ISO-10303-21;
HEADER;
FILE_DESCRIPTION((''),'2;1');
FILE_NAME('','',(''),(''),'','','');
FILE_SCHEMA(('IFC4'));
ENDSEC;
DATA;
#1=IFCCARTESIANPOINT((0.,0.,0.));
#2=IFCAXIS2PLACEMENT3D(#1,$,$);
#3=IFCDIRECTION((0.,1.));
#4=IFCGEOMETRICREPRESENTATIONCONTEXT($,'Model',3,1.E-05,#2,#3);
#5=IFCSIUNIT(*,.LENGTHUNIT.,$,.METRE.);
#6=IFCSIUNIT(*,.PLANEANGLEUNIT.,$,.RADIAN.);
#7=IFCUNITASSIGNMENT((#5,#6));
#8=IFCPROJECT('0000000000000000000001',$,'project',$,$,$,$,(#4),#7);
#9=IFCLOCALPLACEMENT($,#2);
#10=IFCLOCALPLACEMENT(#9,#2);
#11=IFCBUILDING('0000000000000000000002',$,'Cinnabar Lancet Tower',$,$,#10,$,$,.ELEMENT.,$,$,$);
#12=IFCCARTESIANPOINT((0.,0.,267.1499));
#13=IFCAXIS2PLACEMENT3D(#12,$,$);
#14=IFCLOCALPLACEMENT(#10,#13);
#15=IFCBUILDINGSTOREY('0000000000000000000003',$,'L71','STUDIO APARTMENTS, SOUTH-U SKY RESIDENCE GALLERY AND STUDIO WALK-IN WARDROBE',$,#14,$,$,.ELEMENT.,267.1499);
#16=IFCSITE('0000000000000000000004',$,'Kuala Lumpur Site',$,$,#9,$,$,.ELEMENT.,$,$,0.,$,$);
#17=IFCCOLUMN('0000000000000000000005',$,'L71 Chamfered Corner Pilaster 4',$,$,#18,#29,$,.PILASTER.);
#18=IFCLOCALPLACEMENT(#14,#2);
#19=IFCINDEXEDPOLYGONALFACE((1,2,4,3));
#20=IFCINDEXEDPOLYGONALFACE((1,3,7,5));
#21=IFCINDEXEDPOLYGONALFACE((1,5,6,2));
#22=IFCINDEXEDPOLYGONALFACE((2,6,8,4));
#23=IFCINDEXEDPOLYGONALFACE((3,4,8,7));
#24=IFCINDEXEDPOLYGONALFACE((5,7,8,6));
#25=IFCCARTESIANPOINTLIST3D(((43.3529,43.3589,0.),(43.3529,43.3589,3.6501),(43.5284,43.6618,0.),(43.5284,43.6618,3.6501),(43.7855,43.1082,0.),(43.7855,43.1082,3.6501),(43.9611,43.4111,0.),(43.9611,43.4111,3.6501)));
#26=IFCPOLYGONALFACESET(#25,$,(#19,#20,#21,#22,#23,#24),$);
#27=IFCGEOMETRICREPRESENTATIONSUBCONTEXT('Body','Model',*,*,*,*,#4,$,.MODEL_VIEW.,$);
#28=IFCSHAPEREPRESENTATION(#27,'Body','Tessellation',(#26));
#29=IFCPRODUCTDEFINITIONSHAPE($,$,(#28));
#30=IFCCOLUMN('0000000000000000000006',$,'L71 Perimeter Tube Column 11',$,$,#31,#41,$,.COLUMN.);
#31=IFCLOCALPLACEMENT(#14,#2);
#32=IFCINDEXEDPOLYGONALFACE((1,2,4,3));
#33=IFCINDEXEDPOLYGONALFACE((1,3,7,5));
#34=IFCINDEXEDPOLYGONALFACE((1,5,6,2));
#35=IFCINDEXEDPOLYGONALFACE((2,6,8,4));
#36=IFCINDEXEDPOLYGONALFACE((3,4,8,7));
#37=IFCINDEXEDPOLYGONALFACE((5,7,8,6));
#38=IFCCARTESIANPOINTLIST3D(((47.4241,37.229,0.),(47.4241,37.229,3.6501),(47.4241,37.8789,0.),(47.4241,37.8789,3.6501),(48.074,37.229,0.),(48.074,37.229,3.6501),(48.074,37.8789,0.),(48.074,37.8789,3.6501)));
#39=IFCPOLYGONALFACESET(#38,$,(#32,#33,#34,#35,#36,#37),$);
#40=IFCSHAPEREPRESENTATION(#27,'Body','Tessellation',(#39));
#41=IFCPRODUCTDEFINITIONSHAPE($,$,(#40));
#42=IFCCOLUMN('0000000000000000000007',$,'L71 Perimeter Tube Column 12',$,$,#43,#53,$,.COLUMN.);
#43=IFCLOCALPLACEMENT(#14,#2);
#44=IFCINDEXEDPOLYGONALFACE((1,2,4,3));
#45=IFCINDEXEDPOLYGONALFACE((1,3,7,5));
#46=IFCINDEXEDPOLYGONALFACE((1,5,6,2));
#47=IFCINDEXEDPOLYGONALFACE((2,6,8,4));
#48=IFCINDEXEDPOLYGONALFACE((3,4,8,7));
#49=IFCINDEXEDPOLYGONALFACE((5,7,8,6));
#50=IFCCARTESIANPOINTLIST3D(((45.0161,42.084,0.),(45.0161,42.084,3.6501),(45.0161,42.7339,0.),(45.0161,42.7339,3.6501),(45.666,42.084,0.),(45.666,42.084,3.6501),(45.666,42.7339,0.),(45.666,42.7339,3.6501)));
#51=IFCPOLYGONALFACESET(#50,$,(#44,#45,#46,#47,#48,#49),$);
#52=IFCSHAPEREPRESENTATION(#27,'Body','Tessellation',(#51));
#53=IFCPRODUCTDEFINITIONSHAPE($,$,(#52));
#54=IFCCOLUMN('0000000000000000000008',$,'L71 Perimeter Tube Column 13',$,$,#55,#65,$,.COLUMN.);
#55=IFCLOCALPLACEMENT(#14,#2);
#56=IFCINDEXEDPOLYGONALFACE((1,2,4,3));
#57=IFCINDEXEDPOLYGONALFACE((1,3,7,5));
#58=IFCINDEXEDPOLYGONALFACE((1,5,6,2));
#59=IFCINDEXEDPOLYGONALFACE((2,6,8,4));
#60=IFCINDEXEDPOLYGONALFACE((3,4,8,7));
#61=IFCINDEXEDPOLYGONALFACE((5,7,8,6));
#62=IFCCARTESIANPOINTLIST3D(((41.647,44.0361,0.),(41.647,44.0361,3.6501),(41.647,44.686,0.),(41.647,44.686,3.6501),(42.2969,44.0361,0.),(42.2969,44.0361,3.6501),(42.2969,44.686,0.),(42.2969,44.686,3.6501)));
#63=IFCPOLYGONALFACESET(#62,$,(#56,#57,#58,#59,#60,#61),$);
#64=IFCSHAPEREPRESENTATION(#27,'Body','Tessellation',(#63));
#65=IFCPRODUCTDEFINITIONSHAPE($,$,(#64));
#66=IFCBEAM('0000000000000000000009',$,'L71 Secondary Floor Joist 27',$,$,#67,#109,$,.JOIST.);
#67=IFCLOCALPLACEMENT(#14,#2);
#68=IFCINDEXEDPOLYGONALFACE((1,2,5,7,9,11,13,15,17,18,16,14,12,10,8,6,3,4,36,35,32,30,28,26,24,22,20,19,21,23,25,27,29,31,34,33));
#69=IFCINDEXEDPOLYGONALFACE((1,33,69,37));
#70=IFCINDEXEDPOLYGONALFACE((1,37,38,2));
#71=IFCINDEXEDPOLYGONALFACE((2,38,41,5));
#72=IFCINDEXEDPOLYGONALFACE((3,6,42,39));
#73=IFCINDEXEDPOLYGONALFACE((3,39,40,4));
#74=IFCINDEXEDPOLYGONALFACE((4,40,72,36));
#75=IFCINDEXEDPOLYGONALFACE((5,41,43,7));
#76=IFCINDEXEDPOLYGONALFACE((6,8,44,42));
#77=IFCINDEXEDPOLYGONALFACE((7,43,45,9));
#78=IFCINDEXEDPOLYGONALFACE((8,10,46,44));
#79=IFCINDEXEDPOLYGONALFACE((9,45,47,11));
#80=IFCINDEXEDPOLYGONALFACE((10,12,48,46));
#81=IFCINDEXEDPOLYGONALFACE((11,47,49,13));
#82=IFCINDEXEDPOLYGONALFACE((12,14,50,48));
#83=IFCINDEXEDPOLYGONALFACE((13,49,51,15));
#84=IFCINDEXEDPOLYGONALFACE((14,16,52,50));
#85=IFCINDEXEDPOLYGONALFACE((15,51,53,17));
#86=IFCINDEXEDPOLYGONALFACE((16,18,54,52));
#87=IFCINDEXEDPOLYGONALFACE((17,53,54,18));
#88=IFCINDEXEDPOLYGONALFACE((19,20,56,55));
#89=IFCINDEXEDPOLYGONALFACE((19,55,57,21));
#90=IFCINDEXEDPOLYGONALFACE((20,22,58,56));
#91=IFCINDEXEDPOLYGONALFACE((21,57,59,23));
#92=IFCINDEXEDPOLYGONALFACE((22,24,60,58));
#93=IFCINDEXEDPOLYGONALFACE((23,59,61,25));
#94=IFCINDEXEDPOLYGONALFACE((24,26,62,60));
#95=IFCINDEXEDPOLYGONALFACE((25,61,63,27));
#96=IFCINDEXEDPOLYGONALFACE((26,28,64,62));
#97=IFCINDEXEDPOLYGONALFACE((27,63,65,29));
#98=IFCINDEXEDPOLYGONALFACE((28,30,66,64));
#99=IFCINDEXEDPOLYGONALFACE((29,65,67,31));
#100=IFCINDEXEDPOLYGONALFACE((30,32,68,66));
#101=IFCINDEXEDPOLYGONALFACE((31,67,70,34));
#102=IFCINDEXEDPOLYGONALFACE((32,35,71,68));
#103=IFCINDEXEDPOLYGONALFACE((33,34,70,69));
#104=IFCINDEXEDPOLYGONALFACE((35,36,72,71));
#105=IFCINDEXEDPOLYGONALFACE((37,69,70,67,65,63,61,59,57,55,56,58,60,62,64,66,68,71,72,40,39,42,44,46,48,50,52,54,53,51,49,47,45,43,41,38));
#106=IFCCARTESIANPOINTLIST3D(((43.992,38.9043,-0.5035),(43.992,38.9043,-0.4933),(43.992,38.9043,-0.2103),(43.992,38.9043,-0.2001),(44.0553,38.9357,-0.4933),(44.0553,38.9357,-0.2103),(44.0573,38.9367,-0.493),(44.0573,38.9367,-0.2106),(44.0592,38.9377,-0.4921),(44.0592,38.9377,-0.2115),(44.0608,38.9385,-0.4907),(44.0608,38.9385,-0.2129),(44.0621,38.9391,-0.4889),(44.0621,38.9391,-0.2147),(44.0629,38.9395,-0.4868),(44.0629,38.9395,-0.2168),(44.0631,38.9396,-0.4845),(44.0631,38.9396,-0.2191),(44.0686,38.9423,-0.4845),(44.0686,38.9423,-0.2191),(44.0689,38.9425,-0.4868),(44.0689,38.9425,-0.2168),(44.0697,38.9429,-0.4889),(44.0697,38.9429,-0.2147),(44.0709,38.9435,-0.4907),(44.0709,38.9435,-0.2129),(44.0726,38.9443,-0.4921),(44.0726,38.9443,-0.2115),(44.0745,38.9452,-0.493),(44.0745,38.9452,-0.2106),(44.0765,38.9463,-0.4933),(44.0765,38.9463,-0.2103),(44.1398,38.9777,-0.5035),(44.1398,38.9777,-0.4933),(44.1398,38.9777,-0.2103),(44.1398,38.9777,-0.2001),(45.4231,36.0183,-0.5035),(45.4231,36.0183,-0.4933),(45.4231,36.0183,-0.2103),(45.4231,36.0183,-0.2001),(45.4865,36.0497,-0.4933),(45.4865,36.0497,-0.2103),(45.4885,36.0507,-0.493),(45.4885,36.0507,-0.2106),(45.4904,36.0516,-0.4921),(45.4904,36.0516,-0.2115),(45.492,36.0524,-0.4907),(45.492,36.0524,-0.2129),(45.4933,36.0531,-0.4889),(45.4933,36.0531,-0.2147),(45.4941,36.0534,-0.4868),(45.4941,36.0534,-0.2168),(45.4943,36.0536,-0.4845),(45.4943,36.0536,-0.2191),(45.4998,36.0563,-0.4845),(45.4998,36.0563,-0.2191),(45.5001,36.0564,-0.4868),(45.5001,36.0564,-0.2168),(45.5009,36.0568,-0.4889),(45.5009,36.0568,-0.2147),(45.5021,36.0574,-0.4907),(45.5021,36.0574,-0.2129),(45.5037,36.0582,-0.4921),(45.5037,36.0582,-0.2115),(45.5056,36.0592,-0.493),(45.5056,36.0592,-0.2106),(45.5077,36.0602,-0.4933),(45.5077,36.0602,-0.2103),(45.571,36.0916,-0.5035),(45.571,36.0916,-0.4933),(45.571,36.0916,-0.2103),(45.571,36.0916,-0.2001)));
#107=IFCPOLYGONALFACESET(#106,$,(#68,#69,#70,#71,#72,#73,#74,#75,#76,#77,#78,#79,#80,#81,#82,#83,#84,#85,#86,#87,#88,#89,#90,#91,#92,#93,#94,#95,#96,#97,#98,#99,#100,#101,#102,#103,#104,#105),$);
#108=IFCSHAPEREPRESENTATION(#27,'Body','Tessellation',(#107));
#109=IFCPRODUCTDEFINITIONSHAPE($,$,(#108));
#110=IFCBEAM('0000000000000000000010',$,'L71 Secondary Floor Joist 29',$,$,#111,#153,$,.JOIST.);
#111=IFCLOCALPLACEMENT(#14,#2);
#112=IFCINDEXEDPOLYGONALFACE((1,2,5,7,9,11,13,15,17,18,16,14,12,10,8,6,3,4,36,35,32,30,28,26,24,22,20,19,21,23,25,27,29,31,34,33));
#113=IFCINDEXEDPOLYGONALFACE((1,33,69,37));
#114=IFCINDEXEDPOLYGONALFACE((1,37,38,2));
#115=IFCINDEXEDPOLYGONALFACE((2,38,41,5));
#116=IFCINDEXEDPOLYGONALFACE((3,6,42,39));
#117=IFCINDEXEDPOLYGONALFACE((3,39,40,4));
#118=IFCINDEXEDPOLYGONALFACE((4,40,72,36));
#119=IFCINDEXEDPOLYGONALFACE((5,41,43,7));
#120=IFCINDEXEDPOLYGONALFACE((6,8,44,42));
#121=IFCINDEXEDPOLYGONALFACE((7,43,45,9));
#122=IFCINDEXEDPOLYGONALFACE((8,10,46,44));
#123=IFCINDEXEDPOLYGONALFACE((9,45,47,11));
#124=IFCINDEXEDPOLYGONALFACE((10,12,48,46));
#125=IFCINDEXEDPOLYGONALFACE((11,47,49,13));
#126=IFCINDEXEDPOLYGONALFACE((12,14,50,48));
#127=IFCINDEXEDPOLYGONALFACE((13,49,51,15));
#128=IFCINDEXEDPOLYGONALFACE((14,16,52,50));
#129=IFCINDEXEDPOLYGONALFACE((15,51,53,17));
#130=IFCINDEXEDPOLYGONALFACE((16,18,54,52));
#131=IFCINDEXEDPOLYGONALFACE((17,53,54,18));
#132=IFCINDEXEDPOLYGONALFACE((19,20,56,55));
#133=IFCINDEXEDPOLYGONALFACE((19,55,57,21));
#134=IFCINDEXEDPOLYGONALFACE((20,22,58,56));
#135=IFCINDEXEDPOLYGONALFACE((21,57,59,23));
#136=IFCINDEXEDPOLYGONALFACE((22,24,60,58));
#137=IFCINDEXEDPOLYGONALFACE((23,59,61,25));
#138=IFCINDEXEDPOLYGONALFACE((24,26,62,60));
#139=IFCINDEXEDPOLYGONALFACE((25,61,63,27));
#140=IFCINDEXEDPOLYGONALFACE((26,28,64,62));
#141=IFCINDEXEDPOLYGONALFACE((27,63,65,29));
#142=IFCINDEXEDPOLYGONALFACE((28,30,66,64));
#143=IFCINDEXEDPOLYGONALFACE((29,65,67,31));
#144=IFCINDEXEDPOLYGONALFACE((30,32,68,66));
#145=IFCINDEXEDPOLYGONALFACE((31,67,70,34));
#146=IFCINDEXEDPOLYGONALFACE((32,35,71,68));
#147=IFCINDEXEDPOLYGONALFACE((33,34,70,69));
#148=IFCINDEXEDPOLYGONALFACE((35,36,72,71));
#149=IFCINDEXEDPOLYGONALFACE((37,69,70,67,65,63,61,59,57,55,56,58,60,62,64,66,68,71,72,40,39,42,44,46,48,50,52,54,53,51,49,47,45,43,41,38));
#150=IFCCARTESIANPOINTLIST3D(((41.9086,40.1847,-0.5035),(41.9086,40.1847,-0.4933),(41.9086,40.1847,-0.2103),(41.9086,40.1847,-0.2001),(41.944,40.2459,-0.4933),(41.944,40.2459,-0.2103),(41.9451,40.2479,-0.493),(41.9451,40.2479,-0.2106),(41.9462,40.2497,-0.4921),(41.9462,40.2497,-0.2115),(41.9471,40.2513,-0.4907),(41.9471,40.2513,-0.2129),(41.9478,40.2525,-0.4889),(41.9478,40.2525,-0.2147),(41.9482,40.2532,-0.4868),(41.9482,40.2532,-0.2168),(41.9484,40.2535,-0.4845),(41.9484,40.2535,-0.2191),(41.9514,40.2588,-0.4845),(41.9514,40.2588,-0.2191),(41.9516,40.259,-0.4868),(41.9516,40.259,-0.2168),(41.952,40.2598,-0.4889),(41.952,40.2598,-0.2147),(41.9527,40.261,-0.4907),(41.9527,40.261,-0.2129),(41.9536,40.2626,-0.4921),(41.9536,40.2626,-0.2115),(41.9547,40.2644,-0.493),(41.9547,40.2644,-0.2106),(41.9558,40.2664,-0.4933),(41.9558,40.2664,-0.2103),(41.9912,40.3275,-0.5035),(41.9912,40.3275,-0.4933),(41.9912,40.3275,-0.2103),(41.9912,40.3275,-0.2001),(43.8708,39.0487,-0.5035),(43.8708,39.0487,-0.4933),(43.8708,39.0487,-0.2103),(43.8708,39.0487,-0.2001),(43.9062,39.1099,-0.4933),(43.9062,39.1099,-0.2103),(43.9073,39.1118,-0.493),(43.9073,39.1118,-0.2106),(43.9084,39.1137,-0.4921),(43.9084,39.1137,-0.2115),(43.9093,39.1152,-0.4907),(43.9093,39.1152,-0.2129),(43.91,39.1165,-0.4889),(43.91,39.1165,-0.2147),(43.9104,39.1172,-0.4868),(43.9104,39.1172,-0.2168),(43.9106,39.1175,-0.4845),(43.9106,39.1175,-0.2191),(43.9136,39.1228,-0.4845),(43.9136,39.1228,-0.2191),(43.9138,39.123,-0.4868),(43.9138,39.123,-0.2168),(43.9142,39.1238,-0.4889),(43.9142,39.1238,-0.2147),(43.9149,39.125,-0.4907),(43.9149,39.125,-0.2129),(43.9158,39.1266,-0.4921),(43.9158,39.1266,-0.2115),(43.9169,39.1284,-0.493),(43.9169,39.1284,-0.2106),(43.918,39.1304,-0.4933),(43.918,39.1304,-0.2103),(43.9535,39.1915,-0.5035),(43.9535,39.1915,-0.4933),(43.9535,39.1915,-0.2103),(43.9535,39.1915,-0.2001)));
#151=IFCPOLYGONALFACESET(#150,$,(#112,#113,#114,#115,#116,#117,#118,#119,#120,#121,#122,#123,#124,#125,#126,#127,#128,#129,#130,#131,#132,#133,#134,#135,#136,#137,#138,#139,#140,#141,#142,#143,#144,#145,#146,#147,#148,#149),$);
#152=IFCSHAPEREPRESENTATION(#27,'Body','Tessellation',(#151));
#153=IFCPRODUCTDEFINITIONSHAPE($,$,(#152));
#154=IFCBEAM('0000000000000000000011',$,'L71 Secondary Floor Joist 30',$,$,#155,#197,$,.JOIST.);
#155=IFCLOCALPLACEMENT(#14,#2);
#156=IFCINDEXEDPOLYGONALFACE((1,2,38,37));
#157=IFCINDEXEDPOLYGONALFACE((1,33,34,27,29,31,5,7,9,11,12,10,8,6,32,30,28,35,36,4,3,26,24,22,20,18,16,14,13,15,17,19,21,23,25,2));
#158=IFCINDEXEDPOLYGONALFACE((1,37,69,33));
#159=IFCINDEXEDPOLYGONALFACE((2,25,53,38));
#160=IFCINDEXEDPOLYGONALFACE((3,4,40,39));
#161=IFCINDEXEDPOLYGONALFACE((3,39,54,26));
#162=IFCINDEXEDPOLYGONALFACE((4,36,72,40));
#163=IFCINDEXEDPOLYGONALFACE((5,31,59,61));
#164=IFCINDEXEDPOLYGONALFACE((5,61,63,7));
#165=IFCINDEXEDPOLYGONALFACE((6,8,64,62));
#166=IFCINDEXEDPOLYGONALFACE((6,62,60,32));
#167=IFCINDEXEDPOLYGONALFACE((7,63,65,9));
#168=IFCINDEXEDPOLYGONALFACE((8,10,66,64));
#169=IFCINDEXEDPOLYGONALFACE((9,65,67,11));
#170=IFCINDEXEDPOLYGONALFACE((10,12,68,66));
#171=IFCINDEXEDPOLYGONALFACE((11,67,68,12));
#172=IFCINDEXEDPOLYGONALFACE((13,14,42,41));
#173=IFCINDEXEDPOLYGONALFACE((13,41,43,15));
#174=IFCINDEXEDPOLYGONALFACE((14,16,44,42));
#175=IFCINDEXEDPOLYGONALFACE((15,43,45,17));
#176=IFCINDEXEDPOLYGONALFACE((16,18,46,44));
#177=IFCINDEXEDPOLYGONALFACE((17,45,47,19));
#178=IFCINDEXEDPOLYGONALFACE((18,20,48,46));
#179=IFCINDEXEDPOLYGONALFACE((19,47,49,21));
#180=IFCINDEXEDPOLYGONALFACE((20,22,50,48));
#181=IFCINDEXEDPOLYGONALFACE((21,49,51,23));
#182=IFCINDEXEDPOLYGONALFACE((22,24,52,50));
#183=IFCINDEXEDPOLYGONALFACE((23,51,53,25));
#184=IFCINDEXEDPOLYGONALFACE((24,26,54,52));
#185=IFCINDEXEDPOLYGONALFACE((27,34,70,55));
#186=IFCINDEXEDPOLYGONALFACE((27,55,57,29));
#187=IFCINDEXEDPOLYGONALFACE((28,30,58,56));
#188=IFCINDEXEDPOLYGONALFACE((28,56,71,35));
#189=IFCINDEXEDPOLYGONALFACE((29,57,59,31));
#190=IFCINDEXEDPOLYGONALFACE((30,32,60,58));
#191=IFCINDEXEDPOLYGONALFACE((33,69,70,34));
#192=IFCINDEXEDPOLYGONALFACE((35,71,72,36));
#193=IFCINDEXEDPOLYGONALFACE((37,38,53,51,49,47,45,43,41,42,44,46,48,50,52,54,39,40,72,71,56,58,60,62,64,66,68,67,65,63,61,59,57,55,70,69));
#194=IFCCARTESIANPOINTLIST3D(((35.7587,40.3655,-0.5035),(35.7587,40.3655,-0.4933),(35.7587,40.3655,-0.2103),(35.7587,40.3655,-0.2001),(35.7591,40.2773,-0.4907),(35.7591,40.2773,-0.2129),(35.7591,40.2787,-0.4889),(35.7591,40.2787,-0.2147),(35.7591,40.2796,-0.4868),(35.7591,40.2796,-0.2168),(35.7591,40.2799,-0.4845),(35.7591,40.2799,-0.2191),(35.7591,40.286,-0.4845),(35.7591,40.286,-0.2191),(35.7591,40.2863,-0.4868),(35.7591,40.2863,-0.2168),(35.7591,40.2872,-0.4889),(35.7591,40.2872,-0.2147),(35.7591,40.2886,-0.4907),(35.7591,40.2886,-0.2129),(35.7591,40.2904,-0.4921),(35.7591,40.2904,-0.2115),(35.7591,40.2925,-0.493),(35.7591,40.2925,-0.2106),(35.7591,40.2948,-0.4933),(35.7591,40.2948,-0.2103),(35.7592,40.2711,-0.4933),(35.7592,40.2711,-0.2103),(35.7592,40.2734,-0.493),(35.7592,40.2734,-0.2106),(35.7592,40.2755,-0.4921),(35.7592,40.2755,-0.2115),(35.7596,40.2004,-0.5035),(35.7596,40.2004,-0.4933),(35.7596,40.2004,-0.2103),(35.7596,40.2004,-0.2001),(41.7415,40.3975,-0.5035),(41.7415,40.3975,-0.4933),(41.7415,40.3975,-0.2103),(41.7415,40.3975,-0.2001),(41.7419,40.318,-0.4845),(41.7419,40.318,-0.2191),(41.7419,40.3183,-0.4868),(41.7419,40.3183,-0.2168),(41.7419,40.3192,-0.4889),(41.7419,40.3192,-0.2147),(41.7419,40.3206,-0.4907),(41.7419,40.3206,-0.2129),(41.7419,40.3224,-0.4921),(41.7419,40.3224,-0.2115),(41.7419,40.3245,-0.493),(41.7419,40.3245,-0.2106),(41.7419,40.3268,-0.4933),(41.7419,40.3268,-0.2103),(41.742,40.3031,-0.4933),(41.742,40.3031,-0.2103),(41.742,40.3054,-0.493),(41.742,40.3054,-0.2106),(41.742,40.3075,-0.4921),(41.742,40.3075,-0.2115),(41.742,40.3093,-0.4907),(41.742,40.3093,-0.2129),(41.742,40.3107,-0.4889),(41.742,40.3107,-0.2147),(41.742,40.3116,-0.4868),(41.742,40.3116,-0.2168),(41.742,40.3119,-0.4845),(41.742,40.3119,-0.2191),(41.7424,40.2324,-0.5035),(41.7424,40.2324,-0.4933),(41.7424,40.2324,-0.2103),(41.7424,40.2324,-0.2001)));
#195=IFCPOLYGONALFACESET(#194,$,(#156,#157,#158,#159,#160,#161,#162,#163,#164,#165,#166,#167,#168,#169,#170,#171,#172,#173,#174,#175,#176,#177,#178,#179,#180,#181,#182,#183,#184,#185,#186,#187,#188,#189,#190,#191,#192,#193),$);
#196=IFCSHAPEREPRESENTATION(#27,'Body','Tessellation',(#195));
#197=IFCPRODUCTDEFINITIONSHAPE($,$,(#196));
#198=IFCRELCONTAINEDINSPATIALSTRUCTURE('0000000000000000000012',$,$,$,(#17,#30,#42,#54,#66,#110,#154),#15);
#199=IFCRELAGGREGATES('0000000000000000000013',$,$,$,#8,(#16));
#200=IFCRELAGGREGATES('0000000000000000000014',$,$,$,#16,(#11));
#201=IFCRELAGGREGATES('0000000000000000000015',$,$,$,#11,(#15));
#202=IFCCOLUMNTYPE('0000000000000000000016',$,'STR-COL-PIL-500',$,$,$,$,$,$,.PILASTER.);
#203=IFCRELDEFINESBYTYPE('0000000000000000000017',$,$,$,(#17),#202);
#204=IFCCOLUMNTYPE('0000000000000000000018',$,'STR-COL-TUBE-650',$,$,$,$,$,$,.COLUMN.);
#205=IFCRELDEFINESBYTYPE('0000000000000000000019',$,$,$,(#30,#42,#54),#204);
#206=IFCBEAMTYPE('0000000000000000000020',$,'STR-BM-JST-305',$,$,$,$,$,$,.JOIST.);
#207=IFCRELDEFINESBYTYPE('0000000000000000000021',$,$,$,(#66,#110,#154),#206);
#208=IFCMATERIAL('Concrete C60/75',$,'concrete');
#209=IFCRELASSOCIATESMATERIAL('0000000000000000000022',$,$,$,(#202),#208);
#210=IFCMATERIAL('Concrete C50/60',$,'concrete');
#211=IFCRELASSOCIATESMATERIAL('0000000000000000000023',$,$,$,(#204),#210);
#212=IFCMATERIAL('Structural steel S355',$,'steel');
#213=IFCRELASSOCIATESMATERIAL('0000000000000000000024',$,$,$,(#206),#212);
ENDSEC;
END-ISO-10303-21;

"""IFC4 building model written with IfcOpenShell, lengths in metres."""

from ifc_helpers import new_model, si_unit, direction, frame, origin, origin_2d, place, context, subcontext, project, spatial, rectangle, i_section, extrude, material, material_profile, profile_set, type_object, element, save


model = new_model("IFC4")

# Units and contexts
model_context = context("Model", 3, precision=1e-05, world=origin(), true_north=direction((0.0, 1.0)))
body_context = subcontext(model_context, "Body", "Model", "MODEL_VIEW")
ifc_project = project(units=[si_unit("LENGTHUNIT", "METRE"), si_unit("PLANEANGLEUNIT", "RADIAN")], contexts=[model_context])

# Site, building, storey
site_placement = place(None, origin())
site = spatial("IfcSite", under=ifc_project, at=site_placement, Name="Kuala Lumpur Site", CompositionType="ELEMENT", RefElevation=0.0)
building_placement = place(site_placement, origin())
building = spatial("IfcBuilding", under=site, at=building_placement, Name="Cinnabar Lancet Tower", CompositionType="ELEMENT")
storey_placement = place(building_placement, frame((0.0, 0.0, 267.1499)))
storey = spatial("IfcBuildingStorey", under=building, at=storey_placement, Name="L71", Description="STUDIO APARTMENTS, SOUTH-U SKY RESIDENCE GALLERY AND STUDIO WALK-IN WARDROBE", CompositionType="ELEMENT", Elevation=267.1499)

# Columns
ifc_material_1 = material(Name="Concrete C60/75", Category="concrete")
ifc_material_profile_1 = material_profile(ifc_material_1, rectangle(XDim=0.5, YDim=0.3501, at=origin_2d()), Name="RC-PIL 500x350")
ifc_profile_set_1 = profile_set([ifc_material_profile_1], Name="Concrete C60/75")
column_type_1 = type_object("IfcColumnType", Name="STR-COL-PIL-500", PredefinedType="PILASTER", material=ifc_profile_set_1)
column_placement = place(storey_placement, frame((43.657, 43.385, 0.0), z_axis=(0.0, 0.0, 1.0), x_axis=(-0.865256, 0.50133, 0.0)))
element("IfcColumn", 1, at=column_placement, inside=storey, type_object=column_type_1, Name="L71 Chamfered Corner Pilaster 4", PredefinedType="PILASTER", context=body_context, shape_type="SweptSolid", body=[
    extrude(rectangle(XDim=0.5, YDim=0.3501, at=origin_2d()), origin(), (0.0, 0.0, 1.0), 3.6501),
])
ifc_material_2 = material(Name="Concrete C50/60", Category="concrete")
ifc_material_profile_2 = material_profile(ifc_material_2, rectangle(XDim=0.6499, YDim=0.6499, at=origin_2d()), Name="RC-COL 650x650")
ifc_profile_set_2 = profile_set([ifc_material_profile_2], Name="Concrete C50/60")
column_type_2 = type_object("IfcColumnType", Name="STR-COL-TUBE-650", PredefinedType="COLUMN", material=ifc_profile_set_2)
for number, where, z_axis, x_axis, name in (
    (2, (47.749, 37.554, 0.0), (0.0, 0.0, 1.0), (1.0, 0.0, 0.0), "L71 Perimeter Tube Column 11"),
    (3, (45.3411, 42.4089, 0.0), (0.0, 0.0, 1.0), (1.0, 0.0, 0.0), "L71 Perimeter Tube Column 12"),
    (4, (41.9719, 44.3611, 0.0), (0.0, 0.0, 1.0), (1.0, 0.0, 0.0), "L71 Perimeter Tube Column 13"),
):
    element("IfcColumn", number, at=place(storey_placement, frame(where, z_axis=z_axis, x_axis=x_axis)), inside=storey, type_object=column_type_2, Name=name, PredefinedType="COLUMN", context=body_context, shape_type="SweptSolid", body=[
        extrude(rectangle(XDim=0.6499, YDim=0.6499, at=origin_2d()), origin(), (0.0, 0.0, 1.0), 3.6501),
    ])

# Beams
ifc_material_3 = material(Name="Structural steel S355", Category="steel")
ifc_material_profile_3 = material_profile(ifc_material_3, i_section(OverallWidth=0.165, OverallDepth=0.3035, WebThickness=0.0061, FlangeThickness=0.0103, FilletRadius=0.0088, at=origin_2d()), Name="UKB 305x165x40")
ifc_profile_set_3 = profile_set([ifc_material_profile_3], Name="Structural steel S355")
beam_type_1 = type_object("IfcBeamType", Name="STR-BM-JST-305", PredefinedType="JOIST", material=ifc_profile_set_3)
beam_1_placement = place(storey_placement, frame((45.4971, 36.0549, -0.3518), z_axis=(-0.444271, 0.895893, 0.0), x_axis=(-0.895893, -0.444271, 0.0)))
element("IfcBeam", 5, at=beam_1_placement, inside=storey, type_object=beam_type_1, Name="L71 Secondary Floor Joist 27", PredefinedType="JOIST", context=body_context, shape_type="SweptSolid", body=[
    extrude(i_section(OverallWidth=0.165, OverallDepth=0.3035, WebThickness=0.0061, FlangeThickness=0.0103, FilletRadius=0.0088, at=origin_2d()), origin(), (0.0, 0.0, 1.0), 3.2214),
])
beam_2_placement = place(storey_placement, frame((43.9121, 39.1201, -0.3518), z_axis=(-0.865426, 0.501036, 0.0), x_axis=(-0.501036, -0.865426, 0.0)))
element("IfcBeam", 6, at=beam_2_placement, inside=storey, type_object=beam_type_1, Name="L71 Secondary Floor Joist 29", PredefinedType="JOIST", context=body_context, shape_type="SweptSolid", body=[
    extrude(i_section(OverallWidth=0.165, OverallDepth=0.3035, WebThickness=0.0061, FlangeThickness=0.0103, FilletRadius=0.0088, at=origin_2d()), origin(), (0.0, 0.0, 1.0), 2.2673),
])
beam_3_placement = place(storey_placement, frame((41.7419, 40.3149, -0.3518), z_axis=(-0.999986, -0.005346, 0.0), x_axis=(0.005346, -0.999986, 0.0)))
element("IfcBeam", 7, at=beam_3_placement, inside=storey, type_object=beam_type_1, Name="L71 Secondary Floor Joist 30", PredefinedType="JOIST", context=body_context, shape_type="SweptSolid", body=[
    extrude(i_section(OverallWidth=0.165, OverallDepth=0.3035, WebThickness=0.0061, FlangeThickness=0.0103, FilletRadius=0.0088, at=origin_2d()), origin(), (0.0, 0.0, 1.0), 5.9829),
])

save(model, "model.ifc")
